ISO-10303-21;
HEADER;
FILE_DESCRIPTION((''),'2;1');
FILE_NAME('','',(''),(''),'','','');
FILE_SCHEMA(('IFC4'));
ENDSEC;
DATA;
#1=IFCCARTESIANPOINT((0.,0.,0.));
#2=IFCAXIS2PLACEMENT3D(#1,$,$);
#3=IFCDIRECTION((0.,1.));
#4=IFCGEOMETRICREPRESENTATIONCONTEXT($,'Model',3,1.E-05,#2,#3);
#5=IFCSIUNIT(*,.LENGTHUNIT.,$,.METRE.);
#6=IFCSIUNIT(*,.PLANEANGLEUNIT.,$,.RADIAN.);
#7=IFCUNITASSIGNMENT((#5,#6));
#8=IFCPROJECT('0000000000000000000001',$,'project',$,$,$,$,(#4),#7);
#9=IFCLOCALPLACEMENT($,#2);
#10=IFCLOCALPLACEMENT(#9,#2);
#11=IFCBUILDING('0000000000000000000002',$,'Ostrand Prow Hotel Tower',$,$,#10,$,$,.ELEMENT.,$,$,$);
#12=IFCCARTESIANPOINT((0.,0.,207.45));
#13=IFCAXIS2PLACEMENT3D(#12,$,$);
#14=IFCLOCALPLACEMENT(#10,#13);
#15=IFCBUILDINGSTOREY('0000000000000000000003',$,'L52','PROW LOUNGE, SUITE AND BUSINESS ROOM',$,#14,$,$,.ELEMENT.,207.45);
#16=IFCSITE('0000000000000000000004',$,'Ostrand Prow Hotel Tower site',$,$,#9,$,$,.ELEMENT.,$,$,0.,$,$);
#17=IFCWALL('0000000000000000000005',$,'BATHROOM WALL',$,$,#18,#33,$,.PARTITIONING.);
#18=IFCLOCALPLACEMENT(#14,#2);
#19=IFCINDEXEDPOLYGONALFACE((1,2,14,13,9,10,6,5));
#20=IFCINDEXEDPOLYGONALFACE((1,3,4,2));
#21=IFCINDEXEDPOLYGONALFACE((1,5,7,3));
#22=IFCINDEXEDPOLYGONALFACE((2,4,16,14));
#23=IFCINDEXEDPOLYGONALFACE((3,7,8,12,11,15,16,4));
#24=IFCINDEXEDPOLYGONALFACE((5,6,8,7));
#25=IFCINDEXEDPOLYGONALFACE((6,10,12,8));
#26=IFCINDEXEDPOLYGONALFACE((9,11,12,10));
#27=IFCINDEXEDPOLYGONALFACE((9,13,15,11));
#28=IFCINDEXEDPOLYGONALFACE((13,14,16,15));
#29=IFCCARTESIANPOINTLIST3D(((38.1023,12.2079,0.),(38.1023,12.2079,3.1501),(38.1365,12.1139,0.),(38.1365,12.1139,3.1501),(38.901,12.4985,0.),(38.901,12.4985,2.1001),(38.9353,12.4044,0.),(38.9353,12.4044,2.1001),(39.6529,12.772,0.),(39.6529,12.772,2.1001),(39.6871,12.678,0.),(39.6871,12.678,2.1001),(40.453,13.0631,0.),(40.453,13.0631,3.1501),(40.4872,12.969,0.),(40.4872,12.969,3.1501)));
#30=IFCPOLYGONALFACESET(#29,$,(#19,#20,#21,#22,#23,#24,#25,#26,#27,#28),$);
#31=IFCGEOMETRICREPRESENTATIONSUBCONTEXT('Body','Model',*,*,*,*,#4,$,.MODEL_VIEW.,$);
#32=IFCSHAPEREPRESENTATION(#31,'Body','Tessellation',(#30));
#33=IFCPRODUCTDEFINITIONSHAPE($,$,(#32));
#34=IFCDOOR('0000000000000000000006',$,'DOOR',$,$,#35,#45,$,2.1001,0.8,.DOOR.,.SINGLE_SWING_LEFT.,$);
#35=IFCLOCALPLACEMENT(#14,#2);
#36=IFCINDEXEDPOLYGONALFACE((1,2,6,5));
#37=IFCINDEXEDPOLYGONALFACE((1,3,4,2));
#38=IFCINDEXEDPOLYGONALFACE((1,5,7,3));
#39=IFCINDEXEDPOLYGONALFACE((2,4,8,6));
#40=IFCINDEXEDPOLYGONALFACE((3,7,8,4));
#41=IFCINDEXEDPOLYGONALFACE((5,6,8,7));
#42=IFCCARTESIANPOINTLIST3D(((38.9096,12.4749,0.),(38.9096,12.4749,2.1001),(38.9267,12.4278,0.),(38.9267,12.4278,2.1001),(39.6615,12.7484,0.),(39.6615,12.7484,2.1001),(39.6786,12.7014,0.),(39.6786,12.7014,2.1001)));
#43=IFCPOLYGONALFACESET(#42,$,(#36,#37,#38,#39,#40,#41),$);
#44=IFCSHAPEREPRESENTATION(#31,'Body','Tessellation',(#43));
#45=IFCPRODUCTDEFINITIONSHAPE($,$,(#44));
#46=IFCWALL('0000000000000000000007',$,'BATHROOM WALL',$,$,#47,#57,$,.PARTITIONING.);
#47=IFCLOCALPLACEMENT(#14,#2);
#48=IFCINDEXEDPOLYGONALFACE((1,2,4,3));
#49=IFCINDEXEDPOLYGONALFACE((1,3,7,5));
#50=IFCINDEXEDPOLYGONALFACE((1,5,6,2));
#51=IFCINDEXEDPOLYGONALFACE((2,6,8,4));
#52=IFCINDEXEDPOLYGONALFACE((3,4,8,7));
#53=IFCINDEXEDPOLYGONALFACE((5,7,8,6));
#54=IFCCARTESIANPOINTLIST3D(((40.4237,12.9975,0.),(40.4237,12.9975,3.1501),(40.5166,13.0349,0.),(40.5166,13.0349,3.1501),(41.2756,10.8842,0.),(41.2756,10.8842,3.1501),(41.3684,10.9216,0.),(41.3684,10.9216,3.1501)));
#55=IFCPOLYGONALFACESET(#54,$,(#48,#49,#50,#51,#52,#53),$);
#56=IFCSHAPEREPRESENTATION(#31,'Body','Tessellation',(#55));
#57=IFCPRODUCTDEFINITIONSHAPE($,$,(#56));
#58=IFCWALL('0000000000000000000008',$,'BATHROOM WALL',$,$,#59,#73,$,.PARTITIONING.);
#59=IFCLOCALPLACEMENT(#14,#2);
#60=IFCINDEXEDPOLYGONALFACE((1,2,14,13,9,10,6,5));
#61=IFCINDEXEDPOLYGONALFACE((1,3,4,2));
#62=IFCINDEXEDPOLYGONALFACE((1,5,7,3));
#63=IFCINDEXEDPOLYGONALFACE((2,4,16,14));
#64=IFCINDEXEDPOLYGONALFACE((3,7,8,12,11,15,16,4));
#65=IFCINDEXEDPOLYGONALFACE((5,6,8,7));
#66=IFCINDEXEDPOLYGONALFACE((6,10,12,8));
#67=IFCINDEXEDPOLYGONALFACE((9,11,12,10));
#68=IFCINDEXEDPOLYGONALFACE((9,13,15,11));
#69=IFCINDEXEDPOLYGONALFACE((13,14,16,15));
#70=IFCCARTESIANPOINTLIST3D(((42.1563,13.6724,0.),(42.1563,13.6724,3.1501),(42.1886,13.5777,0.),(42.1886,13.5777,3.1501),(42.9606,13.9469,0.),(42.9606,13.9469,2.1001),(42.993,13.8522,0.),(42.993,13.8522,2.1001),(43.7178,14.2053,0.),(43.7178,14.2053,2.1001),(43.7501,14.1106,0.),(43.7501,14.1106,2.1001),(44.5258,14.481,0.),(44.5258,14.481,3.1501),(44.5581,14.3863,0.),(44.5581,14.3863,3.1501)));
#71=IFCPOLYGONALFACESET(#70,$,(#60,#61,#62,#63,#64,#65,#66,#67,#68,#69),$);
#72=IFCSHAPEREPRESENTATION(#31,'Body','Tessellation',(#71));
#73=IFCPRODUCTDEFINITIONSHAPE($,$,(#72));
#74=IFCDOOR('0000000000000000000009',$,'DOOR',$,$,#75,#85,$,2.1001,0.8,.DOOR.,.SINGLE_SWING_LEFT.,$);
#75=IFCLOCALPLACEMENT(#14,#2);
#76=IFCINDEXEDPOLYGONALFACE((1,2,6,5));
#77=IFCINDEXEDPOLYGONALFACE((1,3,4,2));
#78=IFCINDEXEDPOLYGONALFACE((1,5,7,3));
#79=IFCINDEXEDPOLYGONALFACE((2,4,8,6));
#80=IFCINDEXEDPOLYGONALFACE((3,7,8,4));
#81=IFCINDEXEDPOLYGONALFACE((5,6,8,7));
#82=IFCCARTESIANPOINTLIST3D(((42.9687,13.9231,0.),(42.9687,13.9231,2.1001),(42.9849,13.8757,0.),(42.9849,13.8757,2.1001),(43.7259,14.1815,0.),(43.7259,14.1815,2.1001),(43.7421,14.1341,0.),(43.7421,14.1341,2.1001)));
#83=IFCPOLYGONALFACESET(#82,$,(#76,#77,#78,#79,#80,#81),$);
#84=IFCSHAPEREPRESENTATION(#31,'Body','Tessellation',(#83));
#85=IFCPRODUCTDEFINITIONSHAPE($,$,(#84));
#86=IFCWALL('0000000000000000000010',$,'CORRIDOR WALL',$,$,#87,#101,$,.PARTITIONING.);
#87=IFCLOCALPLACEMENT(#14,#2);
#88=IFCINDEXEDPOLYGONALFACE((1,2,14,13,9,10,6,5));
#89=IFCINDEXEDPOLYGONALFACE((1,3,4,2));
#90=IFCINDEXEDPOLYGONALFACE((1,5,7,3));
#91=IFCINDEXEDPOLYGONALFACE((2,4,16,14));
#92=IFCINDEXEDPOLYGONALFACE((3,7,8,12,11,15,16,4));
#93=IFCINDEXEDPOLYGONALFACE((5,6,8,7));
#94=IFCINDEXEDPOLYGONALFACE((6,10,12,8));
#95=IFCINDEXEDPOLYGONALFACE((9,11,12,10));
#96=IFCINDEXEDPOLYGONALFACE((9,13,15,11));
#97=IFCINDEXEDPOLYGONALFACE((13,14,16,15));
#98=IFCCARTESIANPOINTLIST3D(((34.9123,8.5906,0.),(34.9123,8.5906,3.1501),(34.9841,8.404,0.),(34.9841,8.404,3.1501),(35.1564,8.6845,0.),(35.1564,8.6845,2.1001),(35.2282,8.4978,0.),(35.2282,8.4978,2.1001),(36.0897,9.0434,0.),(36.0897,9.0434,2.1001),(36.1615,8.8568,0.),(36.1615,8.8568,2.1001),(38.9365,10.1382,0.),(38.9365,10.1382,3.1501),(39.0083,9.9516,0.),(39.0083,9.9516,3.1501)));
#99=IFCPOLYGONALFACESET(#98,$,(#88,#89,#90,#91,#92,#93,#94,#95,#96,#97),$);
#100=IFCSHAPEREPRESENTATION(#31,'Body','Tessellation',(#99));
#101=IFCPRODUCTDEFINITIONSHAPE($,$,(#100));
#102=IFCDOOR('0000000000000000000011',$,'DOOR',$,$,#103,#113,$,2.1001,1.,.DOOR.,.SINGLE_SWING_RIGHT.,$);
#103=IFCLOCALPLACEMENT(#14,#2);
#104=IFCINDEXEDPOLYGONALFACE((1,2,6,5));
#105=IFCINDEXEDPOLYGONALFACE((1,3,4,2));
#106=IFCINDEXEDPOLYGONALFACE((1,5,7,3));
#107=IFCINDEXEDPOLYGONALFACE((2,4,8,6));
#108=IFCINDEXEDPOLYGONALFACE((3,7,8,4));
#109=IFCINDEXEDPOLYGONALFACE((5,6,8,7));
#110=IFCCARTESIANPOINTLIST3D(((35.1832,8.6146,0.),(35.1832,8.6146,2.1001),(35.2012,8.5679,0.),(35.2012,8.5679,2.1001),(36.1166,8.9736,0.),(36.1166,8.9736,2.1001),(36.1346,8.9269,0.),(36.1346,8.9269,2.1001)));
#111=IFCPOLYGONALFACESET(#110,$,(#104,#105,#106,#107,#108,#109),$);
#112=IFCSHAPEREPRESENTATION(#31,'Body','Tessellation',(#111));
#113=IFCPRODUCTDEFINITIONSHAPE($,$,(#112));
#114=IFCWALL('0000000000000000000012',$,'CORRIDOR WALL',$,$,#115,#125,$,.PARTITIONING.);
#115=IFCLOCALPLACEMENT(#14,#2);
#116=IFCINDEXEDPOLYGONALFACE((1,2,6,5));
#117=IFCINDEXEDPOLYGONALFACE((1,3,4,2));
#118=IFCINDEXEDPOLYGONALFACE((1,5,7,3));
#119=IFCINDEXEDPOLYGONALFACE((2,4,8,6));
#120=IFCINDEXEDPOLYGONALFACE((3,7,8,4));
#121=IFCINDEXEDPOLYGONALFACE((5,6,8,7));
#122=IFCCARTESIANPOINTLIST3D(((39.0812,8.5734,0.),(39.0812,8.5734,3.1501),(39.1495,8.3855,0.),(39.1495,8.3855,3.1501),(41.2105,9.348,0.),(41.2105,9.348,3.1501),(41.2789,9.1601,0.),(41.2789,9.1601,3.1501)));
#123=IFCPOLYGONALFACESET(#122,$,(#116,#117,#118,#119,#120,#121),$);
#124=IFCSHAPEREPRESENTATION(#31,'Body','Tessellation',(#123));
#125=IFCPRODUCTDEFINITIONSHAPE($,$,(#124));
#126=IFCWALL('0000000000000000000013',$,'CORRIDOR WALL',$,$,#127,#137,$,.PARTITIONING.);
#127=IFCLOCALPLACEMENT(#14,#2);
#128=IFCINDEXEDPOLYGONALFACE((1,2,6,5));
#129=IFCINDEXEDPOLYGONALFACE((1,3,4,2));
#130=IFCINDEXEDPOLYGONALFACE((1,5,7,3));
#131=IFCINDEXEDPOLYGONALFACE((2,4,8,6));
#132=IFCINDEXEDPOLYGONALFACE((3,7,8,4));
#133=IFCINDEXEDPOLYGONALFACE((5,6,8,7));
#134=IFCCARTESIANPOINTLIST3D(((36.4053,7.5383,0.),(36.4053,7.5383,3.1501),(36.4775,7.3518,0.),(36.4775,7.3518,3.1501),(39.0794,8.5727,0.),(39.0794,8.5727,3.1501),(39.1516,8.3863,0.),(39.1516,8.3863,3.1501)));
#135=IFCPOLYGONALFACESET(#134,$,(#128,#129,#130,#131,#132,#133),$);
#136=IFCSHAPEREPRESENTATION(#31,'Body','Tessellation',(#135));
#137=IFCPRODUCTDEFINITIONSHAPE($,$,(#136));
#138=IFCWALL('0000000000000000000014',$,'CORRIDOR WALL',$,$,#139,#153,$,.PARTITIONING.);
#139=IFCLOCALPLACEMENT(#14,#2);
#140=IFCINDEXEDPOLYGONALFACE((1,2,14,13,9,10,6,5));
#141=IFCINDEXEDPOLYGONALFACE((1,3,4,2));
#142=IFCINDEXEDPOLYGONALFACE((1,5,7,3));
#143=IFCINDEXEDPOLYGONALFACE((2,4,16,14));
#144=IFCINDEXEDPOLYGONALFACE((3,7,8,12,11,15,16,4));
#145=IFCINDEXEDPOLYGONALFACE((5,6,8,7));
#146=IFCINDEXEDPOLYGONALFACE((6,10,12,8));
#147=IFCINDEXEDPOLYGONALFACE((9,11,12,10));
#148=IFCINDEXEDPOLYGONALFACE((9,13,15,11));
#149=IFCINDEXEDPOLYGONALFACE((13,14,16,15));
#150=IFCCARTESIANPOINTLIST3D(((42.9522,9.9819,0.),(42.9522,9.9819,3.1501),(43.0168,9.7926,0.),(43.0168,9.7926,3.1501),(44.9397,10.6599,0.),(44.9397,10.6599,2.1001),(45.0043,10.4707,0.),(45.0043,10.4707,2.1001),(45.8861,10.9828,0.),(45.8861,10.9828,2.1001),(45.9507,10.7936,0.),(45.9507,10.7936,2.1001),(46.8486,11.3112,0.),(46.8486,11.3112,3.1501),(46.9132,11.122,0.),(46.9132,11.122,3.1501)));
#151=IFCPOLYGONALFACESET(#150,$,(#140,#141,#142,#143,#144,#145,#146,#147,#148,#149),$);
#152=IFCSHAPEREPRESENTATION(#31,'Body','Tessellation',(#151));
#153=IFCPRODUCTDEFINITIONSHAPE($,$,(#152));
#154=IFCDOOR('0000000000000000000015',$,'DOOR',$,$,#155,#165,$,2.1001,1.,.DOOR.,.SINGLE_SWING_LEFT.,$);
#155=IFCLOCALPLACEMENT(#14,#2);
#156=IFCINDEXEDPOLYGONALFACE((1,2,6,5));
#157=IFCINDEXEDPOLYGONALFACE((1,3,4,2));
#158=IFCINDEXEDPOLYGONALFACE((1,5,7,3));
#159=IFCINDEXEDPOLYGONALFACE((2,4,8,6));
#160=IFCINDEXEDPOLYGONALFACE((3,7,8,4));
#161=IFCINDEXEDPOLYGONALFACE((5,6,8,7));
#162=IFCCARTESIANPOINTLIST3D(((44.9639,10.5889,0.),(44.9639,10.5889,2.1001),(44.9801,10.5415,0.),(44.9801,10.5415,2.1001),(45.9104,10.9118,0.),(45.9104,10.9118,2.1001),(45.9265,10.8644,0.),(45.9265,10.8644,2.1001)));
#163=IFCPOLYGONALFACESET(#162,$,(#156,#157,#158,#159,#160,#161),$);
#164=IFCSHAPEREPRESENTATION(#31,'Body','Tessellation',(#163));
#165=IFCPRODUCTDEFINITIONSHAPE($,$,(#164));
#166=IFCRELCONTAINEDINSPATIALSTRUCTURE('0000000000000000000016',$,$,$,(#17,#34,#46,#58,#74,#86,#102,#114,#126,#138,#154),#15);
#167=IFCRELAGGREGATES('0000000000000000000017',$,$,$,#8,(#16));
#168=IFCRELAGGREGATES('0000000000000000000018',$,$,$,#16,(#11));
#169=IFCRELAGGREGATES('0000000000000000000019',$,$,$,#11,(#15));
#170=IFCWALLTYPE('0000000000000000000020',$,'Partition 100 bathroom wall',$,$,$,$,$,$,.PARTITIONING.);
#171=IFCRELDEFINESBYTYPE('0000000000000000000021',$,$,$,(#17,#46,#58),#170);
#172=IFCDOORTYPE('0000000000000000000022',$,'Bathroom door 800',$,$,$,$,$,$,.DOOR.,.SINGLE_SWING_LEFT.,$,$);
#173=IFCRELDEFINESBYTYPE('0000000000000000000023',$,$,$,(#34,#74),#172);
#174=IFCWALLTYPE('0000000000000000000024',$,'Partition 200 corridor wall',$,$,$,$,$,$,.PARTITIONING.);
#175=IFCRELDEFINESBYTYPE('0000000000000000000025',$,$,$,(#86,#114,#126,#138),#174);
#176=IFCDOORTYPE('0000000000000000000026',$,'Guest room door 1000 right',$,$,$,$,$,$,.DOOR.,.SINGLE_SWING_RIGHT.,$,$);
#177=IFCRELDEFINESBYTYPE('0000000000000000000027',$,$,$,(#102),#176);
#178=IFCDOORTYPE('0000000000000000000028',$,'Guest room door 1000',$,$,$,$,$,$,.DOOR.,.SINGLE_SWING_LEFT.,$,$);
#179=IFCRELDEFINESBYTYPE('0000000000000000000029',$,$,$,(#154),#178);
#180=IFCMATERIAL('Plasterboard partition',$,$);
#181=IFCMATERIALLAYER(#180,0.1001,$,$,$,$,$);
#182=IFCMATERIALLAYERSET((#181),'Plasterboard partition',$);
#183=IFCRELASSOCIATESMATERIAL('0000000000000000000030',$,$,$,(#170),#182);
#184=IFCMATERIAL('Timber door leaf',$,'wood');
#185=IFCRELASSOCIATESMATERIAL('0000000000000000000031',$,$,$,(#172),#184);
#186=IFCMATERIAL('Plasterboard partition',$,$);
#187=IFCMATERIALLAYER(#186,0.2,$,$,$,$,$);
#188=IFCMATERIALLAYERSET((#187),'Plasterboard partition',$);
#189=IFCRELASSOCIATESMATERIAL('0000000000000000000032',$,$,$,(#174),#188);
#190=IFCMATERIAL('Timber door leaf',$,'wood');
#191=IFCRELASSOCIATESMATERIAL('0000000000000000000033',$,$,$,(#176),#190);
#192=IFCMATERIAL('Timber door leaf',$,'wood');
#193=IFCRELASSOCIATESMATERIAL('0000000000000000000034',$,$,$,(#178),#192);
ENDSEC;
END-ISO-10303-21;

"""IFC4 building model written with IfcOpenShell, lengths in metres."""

from ifc_helpers import new_model, si_unit, direction, frame, frame_2d, origin, place, context, subcontext, project, spatial, rectangle, extrude, material, layer, layer_set, type_object, element, fill, save


model = new_model("IFC4")

# Units and contexts
model_context = context("Model", 3, precision=1e-05, world=origin(), true_north=direction((0.0, 1.0)))
body_context = subcontext(model_context, "Body", "Model", "MODEL_VIEW")
ifc_project = project(units=[si_unit("LENGTHUNIT", "METRE"), si_unit("PLANEANGLEUNIT", "RADIAN")], contexts=[model_context])

# Site, building, storey
site_placement = place(None, origin())
site = spatial("IfcSite", under=ifc_project, at=site_placement, Name="Ostrand Prow Hotel Tower site", CompositionType="ELEMENT", RefElevation=0.0)
building_placement = place(site_placement, origin())
building = spatial("IfcBuilding", under=site, at=building_placement, Name="Ostrand Prow Hotel Tower", CompositionType="ELEMENT")
storey_placement = place(building_placement, frame((0.0, 0.0, 207.45)))
storey = spatial("IfcBuildingStorey", under=building, at=storey_placement, Name="L52", Description="PROW LOUNGE, SUITE AND BUSINESS ROOM", CompositionType="ELEMENT", Elevation=207.45)

# Shared definitions
ifc_material_1 = material(Name="Plasterboard partition")
ifc_layer_1 = layer(ifc_material_1, 0.1001)
ifc_layer_set_1 = layer_set([ifc_layer_1], Name="Plasterboard partition")
wall_type_1 = type_object("IfcWallType", Name="Partition 100 bathroom wall", PredefinedType="PARTITIONING", material=ifc_layer_set_1)

# Wall, opening, door
ifc_material_2 = material(Name="Timber door leaf", Category="wood")
door_type_1 = type_object("IfcDoorType", Name="Bathroom door 800", OperationType="SINGLE_SWING_LEFT", PredefinedType="DOOR", material=ifc_material_2)
wall_1_placement = place(storey_placement, frame((38.1194, 12.1609, 0.0), z_axis=(0.0, 0.0, 1.0), x_axis=(0.939745, 0.341876, 0.0)))
wall_1 = element("IfcWall", 1, at=wall_1_placement, inside=storey, type_object=wall_type_1, Name="BATHROOM WALL", PredefinedType="PARTITIONING", context=body_context, shape_type="SweptSolid", body=[
    extrude(rectangle(XDim=2.5015, YDim=0.1001, at=frame_2d((1.2507, 0.0))), origin(), (0.0, 0.0, 1.0), 3.1501),
])
opening_1_placement = place(wall_1_placement, frame((0.8501, 0.0, 0.0)))
opening_1 = element("IfcOpeningElement", 2, at=opening_1_placement, cuts=wall_1, PredefinedType="OPENING", context=body_context, shape_type="SweptSolid", body=[
    extrude(rectangle(XDim=0.8, YDim=2.1001, at=frame_2d((0.3999, 1.05))), frame((0.0, 0.0601, 0.0), z_axis=(0.0, -1.0, 0.0), x_axis=(1.0, 0.0, 0.0)), (0.0, 0.0, 1.0), 0.1201),
])
door_1_placement = place(opening_1_placement, origin())
door_1 = element("IfcDoor", 3, at=door_1_placement, inside=storey, type_object=door_type_1, Name="DOOR", OperationType="SINGLE_SWING_LEFT", OverallHeight=2.1001, OverallWidth=0.8, PredefinedType="DOOR", context=body_context, shape_type="SweptSolid", body=[
    extrude(rectangle(XDim=0.8, YDim=2.1001, at=frame_2d((0.3999, 1.05))), frame((0.0, 0.0249, 0.0), z_axis=(0.0, -1.0, 0.0), x_axis=(1.0, 0.0, 0.0)), (0.0, 0.0, 1.0), 0.05),
])
fill(opening_1, door_1)

# Wall
wall_2_placement = place(storey_placement, frame((40.4702, 13.0161, 0.0), z_axis=(0.0, 0.0, 1.0), x_axis=(0.373846, -0.927491, 0.0)))
element("IfcWall", 4, at=wall_2_placement, inside=storey, type_object=wall_type_1, Name="BATHROOM WALL", PredefinedType="PARTITIONING", context=body_context, shape_type="SweptSolid", body=[
    extrude(rectangle(XDim=2.2786, YDim=0.1001, at=frame_2d((1.1392, 0.0))), origin(), (0.0, 0.0, 1.0), 3.1501),
])

# Walls, openings, doors
wall_3_placement = place(storey_placement, frame((42.1724, 13.625, 0.0), z_axis=(0.0, 0.0, 1.0), x_axis=(0.946407, 0.322978, 0.0)))
wall_3 = element("IfcWall", 5, at=wall_3_placement, inside=storey, type_object=wall_type_1, Name="BATHROOM WALL", PredefinedType="PARTITIONING", context=body_context, shape_type="SweptSolid", body=[
    extrude(rectangle(XDim=2.5037, YDim=0.1001, at=frame_2d((1.252, 0.0))), origin(), (0.0, 0.0, 1.0), 3.1501),
])
opening_2_placement = place(wall_3_placement, frame((0.8501, 0.0, 0.0)))
opening_2 = element("IfcOpeningElement", 6, at=opening_2_placement, cuts=wall_3, PredefinedType="OPENING", context=body_context, shape_type="SweptSolid", body=[
    extrude(rectangle(XDim=0.8, YDim=2.1001, at=frame_2d((0.3999, 1.05))), frame((0.0, 0.0601, 0.0), z_axis=(0.0, -1.0, 0.0), x_axis=(1.0, 0.0, 0.0)), (0.0, 0.0, 1.0), 0.1201),
])
door_2_placement = place(opening_2_placement, origin())
door_2 = element("IfcDoor", 7, at=door_2_placement, inside=storey, type_object=door_type_1, Name="DOOR", OperationType="SINGLE_SWING_LEFT", OverallHeight=2.1001, OverallWidth=0.8, PredefinedType="DOOR", context=body_context, shape_type="SweptSolid", body=[
    extrude(rectangle(XDim=0.8, YDim=2.1001, at=frame_2d((0.3999, 1.05))), frame((0.0, 0.0249, 0.0), z_axis=(0.0, -1.0, 0.0), x_axis=(1.0, 0.0, 0.0)), (0.0, 0.0, 1.0), 0.05),
])
fill(opening_2, door_2)
ifc_material_3 = material(Name="Plasterboard partition")
ifc_layer_2 = layer(ifc_material_3, 0.2)
ifc_layer_set_2 = layer_set([ifc_layer_2], Name="Plasterboard partition")
wall_type_2 = type_object("IfcWallType", Name="Partition 200 corridor wall", PredefinedType="PARTITIONING", material=ifc_layer_set_2)
wall_4_placement = place(storey_placement, frame((38.9724, 10.0449, 0.0), z_axis=(0.0, 0.0, 1.0), x_axis=(-0.933357, -0.358949, 0.0)))
wall_4 = element("IfcWall", 8, at=wall_4_placement, inside=storey, type_object=wall_type_2, Name="CORRIDOR WALL", PredefinedType="PARTITIONING", context=body_context, shape_type="SweptSolid", body=[
    extrude(rectangle(XDim=4.3115, YDim=0.2, at=frame_2d((2.1558, 0.0))), origin(), (0.0, 0.0, 1.0), 3.1501),
])
opening_3_placement = place(wall_4_placement, frame((3.05, 0.0, 0.0)))
opening_3 = element("IfcOpeningElement", 9, at=opening_3_placement, cuts=wall_4, PredefinedType="OPENING", context=body_context, shape_type="SweptSolid", body=[
    extrude(rectangle(XDim=1.0, YDim=2.1001, at=frame_2d((0.5, 1.05))), frame((0.0, 0.1099, 0.0), z_axis=(0.0, -1.0, 0.0), x_axis=(1.0, 0.0, 0.0)), (0.0, 0.0, 1.0), 0.22),
])
ifc_material_4 = material(Name="Timber door leaf", Category="wood")
door_type_2 = type_object("IfcDoorType", Name="Guest room door 1000 right", OperationType="SINGLE_SWING_RIGHT", PredefinedType="DOOR", material=ifc_material_4)
door_3_placement = place(opening_3_placement, origin())
door_3 = element("IfcDoor", 10, at=door_3_placement, inside=storey, type_object=door_type_2, Name="DOOR", OperationType="SINGLE_SWING_RIGHT", OverallHeight=2.1001, OverallWidth=1.0, PredefinedType="DOOR", context=body_context, shape_type="SweptSolid", body=[
    extrude(rectangle(XDim=1.0, YDim=2.1001, at=frame_2d((0.5, 1.05))), frame((0.0, 0.0249, 0.0), z_axis=(0.0, -1.0, 0.0), x_axis=(1.0, 0.0, 0.0)), (0.0, 0.0, 1.0), 0.05),
])
fill(opening_3, door_3)

# Walls
wall_5_placement = place(storey_placement, frame((39.1155, 8.4795, 0.0), z_axis=(0.0, 0.0, 1.0), x_axis=(0.939746, 0.341873, 0.0)))
element("IfcWall", 11, at=wall_5_placement, inside=storey, type_object=wall_type_2, Name="CORRIDOR WALL", PredefinedType="PARTITIONING", context=body_context, shape_type="SweptSolid", body=[
    extrude(rectangle(XDim=2.2659, YDim=0.2, at=frame_2d((1.1328, 0.0))), origin(), (0.0, 0.0, 1.0), 3.1501),
])
wall_6_placement = place(storey_placement, frame((36.4414, 7.4451, 0.0), z_axis=(0.0, 0.0, 1.0), x_axis=(0.93265, 0.360781, 0.0)))
element("IfcWall", 12, at=wall_6_placement, inside=storey, type_object=wall_type_2, Name="CORRIDOR WALL", PredefinedType="PARTITIONING", context=body_context, shape_type="SweptSolid", body=[
    extrude(rectangle(XDim=2.8672, YDim=0.2, at=frame_2d((1.4336, 0.0))), origin(), (0.0, 0.0, 1.0), 3.1501),
])

# Wall, opening, door
wall_7_placement = place(storey_placement, frame((42.9844, 9.8872, 0.0), z_axis=(0.0, 0.0, 1.0), x_axis=(0.946436, 0.322891, 0.0)))
wall_7 = element("IfcWall", 13, at=wall_7_placement, inside=storey, type_object=wall_type_2, Name="CORRIDOR WALL", PredefinedType="PARTITIONING", context=body_context, shape_type="SweptSolid", body=[
    extrude(rectangle(XDim=4.1169, YDim=0.2, at=frame_2d((2.0586, 0.0))), origin(), (0.0, 0.0, 1.0), 3.1501),
])
opening_4_placement = place(wall_7_placement, frame((2.1001, 0.0, 0.0)))
opening_4 = element("IfcOpeningElement", 14, at=opening_4_placement, cuts=wall_7, PredefinedType="OPENING", context=body_context, shape_type="SweptSolid", body=[
    extrude(rectangle(XDim=1.0, YDim=2.1001, at=frame_2d((0.5, 1.05))), frame((0.0, 0.1099, 0.0), z_axis=(0.0, -1.0, 0.0), x_axis=(1.0, 0.0, 0.0)), (0.0, 0.0, 1.0), 0.22),
])
ifc_material_5 = material(Name="Timber door leaf", Category="wood")
door_type_3 = type_object("IfcDoorType", Name="Guest room door 1000", OperationType="SINGLE_SWING_LEFT", PredefinedType="DOOR", material=ifc_material_5)
door_4_placement = place(opening_4_placement, origin())
door_4 = element("IfcDoor", 15, at=door_4_placement, inside=storey, type_object=door_type_3, Name="DOOR", OperationType="SINGLE_SWING_LEFT", OverallHeight=2.1001, OverallWidth=1.0, PredefinedType="DOOR", context=body_context, shape_type="SweptSolid", body=[
    extrude(rectangle(XDim=1.0, YDim=2.1001, at=frame_2d((0.5, 1.05))), frame((0.0, 0.0249, 0.0), z_axis=(0.0, -1.0, 0.0), x_axis=(1.0, 0.0, 0.0)), (0.0, 0.0, 1.0), 0.05),
])
fill(opening_4, door_4)

save(model, "model.ifc")
